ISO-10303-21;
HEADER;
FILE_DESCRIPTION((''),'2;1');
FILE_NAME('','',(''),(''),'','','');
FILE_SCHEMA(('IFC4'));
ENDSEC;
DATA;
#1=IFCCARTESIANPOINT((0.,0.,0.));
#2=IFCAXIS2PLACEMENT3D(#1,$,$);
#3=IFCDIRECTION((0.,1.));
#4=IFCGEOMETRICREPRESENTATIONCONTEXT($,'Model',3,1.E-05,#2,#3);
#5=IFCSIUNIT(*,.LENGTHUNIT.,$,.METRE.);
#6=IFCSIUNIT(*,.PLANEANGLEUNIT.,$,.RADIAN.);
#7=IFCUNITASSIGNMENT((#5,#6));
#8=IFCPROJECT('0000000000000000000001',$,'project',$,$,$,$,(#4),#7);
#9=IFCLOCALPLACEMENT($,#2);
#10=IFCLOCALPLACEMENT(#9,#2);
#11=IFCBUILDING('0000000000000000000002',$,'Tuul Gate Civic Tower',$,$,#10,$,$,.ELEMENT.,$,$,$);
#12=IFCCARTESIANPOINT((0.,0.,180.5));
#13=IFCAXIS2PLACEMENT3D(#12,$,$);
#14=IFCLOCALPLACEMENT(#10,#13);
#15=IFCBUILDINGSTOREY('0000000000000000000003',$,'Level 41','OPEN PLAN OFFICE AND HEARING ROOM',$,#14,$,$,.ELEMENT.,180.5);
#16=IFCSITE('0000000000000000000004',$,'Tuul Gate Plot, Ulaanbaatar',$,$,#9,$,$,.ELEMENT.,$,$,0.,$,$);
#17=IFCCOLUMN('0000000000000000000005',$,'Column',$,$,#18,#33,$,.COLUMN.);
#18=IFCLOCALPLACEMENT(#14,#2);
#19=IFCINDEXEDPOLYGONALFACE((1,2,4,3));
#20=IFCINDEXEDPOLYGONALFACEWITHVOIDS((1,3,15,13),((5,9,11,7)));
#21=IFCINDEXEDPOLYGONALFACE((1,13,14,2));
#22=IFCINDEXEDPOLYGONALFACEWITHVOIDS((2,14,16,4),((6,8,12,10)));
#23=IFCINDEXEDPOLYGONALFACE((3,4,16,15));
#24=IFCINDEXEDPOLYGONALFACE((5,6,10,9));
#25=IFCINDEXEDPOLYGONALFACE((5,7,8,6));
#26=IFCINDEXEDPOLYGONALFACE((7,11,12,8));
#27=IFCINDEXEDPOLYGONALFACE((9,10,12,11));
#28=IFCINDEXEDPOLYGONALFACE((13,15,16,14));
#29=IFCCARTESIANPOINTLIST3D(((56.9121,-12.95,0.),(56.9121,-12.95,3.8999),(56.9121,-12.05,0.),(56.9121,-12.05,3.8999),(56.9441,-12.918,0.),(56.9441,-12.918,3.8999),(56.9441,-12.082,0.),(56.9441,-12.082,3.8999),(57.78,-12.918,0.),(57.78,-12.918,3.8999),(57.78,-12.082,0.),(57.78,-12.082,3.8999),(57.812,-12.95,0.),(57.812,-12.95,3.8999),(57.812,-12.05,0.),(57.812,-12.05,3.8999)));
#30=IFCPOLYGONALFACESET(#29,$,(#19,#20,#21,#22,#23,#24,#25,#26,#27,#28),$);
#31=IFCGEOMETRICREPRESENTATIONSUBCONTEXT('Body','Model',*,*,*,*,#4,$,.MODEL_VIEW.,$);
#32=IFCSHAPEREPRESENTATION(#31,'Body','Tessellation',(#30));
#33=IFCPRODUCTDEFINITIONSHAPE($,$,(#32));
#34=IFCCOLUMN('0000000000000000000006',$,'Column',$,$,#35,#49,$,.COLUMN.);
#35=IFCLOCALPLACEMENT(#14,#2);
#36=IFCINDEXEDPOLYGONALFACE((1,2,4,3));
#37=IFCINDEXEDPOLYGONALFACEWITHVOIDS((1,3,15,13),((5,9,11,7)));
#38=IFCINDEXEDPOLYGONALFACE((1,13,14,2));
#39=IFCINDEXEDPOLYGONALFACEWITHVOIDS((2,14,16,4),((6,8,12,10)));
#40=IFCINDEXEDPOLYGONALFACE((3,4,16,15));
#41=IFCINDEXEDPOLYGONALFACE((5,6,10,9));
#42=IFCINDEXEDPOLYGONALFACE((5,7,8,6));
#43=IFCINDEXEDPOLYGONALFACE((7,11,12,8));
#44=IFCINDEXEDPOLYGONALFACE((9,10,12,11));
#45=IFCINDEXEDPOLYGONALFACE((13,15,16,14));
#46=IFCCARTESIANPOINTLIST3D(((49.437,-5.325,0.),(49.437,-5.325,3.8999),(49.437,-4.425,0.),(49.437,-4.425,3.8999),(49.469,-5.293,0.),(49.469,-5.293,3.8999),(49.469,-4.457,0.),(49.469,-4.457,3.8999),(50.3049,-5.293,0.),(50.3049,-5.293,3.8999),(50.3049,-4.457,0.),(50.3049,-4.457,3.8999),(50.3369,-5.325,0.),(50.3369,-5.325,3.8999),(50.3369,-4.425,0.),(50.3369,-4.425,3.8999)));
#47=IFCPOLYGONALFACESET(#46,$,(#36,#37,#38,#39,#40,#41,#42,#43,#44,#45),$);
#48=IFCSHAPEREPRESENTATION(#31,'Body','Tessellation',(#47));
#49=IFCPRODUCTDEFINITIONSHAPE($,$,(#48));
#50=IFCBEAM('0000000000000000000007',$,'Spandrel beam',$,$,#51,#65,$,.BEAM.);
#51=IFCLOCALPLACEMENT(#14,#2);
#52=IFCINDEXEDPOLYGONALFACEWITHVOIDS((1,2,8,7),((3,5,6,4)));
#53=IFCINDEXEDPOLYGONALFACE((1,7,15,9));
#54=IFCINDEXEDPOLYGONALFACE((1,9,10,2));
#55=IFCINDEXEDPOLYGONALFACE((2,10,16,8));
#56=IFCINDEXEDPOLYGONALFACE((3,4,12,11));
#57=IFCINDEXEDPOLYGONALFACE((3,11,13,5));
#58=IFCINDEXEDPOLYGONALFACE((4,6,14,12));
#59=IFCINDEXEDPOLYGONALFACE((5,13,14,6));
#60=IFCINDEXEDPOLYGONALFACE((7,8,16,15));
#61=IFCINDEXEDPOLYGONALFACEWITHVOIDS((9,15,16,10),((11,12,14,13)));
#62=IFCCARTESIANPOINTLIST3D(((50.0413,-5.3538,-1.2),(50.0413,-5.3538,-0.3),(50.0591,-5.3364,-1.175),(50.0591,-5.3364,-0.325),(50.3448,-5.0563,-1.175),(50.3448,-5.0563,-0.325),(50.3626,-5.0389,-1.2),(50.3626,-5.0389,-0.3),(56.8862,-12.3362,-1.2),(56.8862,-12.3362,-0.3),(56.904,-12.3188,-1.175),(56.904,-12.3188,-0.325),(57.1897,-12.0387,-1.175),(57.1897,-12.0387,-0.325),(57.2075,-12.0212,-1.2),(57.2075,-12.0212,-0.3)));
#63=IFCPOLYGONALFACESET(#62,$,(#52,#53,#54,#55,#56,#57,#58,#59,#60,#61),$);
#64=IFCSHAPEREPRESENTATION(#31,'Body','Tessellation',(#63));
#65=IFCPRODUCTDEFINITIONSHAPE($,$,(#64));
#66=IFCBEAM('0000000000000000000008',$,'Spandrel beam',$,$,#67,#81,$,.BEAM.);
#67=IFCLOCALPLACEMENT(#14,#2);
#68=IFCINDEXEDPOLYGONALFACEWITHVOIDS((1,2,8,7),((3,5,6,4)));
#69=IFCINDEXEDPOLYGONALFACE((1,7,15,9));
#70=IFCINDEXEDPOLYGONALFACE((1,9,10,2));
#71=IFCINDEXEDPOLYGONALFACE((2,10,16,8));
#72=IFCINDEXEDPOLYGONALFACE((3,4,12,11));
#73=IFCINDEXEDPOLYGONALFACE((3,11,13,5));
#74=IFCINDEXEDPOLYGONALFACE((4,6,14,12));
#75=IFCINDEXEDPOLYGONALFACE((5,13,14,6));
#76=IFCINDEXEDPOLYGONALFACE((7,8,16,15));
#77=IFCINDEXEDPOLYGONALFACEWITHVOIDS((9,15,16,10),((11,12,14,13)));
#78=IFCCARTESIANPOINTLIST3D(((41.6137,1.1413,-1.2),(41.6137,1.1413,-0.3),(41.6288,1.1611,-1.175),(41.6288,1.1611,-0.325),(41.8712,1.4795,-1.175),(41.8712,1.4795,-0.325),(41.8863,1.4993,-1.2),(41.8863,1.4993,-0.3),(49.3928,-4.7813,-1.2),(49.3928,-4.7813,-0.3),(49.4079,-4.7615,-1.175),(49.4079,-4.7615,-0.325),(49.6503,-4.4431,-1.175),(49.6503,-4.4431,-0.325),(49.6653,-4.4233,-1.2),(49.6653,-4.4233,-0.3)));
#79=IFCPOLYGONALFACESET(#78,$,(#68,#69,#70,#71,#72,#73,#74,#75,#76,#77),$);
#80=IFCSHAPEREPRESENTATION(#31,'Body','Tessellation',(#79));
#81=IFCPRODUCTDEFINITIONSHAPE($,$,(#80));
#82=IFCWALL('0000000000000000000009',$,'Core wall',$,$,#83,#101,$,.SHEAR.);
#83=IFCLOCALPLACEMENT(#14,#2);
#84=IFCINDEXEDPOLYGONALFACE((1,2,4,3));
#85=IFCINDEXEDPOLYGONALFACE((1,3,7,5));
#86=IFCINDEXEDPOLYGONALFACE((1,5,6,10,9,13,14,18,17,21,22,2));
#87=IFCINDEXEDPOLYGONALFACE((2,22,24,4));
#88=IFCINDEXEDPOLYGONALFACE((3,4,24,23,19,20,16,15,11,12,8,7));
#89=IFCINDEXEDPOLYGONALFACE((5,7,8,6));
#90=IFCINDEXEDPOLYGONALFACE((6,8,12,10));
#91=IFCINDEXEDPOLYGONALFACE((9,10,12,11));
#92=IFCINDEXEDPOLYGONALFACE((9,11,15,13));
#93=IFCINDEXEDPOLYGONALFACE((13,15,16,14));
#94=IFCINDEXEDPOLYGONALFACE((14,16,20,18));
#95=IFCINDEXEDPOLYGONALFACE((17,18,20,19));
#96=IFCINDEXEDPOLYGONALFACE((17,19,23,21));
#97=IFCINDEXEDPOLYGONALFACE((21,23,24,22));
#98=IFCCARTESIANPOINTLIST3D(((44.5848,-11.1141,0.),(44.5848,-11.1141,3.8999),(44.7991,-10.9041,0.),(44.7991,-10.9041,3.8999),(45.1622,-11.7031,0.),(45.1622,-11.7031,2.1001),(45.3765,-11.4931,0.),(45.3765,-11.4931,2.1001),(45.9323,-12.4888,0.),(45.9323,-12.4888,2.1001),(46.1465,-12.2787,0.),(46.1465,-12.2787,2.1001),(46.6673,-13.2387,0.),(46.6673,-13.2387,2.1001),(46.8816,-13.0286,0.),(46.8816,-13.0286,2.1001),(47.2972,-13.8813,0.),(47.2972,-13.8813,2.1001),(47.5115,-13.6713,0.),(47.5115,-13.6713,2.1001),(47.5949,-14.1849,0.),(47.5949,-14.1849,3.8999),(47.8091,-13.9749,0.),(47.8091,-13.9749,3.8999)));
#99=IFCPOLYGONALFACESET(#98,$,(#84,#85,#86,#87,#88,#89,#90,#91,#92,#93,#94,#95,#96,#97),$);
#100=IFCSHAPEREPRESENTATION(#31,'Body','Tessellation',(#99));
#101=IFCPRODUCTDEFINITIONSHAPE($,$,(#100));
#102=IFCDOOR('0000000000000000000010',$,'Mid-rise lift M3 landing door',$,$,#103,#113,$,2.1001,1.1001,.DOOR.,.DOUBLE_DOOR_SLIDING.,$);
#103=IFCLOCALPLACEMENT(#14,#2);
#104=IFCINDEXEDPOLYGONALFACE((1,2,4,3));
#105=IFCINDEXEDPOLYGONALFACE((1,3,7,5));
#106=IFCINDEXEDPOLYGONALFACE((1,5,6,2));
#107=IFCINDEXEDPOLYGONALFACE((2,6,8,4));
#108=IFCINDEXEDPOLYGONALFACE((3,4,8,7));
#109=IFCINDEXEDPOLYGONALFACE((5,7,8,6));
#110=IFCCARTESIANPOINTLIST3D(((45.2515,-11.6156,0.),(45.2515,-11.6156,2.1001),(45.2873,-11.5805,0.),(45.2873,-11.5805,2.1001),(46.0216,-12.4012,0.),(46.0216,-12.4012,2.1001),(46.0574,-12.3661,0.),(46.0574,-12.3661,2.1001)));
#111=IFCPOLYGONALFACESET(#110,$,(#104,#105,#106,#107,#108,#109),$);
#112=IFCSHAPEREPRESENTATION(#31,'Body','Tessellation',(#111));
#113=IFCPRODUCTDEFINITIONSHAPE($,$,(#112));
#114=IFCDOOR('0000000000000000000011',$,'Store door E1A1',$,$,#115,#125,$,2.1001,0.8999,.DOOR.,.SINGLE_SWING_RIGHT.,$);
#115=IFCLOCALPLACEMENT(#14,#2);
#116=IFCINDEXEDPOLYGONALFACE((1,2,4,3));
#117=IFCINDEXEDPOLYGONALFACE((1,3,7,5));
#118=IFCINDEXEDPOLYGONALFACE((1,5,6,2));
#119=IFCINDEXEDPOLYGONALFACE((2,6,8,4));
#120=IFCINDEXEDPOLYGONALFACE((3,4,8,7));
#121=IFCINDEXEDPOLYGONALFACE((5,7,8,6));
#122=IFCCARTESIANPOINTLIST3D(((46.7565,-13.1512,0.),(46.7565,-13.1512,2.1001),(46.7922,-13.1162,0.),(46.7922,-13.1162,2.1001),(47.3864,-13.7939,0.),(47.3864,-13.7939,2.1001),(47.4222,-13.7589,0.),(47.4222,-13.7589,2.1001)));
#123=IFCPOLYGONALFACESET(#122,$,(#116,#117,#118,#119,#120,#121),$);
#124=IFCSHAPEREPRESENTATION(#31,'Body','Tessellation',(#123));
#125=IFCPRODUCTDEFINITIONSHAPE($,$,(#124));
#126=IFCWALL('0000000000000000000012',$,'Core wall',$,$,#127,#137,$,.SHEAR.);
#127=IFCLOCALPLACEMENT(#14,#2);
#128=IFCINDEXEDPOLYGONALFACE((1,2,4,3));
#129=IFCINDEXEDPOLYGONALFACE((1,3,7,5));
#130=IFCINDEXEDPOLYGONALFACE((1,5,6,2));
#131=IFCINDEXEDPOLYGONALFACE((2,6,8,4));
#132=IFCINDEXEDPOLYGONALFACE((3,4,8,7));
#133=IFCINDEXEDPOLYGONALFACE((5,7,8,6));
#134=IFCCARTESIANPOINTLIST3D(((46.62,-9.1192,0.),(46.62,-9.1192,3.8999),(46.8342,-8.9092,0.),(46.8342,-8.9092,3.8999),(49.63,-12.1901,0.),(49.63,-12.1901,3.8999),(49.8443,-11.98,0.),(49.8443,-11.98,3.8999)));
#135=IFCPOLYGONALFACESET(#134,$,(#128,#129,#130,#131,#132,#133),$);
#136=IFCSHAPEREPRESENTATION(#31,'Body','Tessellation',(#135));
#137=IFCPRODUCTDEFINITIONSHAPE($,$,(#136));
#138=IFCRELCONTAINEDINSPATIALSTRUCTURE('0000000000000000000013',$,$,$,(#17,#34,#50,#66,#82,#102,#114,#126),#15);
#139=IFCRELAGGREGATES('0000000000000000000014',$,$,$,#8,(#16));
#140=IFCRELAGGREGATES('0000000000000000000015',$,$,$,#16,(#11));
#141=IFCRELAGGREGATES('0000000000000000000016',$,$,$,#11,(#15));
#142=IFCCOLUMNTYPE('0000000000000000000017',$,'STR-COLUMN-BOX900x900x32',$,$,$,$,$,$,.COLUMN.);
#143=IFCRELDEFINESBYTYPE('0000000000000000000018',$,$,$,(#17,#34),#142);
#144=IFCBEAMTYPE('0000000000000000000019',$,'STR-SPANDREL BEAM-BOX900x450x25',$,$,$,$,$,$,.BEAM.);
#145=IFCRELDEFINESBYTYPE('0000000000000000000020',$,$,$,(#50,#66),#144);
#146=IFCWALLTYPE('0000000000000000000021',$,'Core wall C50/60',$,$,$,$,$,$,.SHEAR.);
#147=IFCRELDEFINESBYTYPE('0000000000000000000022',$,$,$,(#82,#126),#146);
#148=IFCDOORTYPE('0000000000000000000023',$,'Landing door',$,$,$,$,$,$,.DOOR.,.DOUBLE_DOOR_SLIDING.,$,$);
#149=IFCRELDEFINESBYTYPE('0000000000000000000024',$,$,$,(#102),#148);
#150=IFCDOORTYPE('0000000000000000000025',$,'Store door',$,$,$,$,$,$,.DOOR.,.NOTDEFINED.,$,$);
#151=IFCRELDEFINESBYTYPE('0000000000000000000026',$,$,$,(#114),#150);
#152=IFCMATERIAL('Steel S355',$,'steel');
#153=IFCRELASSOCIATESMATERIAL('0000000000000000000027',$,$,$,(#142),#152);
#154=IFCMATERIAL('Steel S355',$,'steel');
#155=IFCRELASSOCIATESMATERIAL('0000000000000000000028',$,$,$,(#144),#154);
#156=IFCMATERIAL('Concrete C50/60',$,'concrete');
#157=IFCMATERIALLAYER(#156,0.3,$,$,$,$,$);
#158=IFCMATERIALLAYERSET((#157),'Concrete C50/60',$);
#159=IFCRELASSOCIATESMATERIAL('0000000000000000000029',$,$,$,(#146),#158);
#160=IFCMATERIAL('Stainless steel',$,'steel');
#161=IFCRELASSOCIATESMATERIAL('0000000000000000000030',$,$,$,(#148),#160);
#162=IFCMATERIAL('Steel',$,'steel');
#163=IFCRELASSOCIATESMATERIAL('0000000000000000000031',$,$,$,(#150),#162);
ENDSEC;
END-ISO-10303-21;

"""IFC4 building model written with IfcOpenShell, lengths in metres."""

from ifc_helpers import new_model, si_unit, direction, frame, frame_2d, origin, origin_2d, place, context, subcontext, project, spatial, rectangle, hollow_rectangle, extrude, material, layer, layer_set, material_profile, profile_set, type_object, element, fill, save


model = new_model("IFC4")

# Units and contexts
model_context = context("Model", 3, precision=1e-05, world=origin(), true_north=direction((0.0, 1.0)))
body_context = subcontext(model_context, "Body", "Model", "MODEL_VIEW")
ifc_project = project(units=[si_unit("LENGTHUNIT", "METRE"), si_unit("PLANEANGLEUNIT", "RADIAN")], contexts=[model_context])

# Site, building, storey
site_placement = place(None, origin())
site = spatial("IfcSite", under=ifc_project, at=site_placement, Name="Tuul Gate Plot, Ulaanbaatar", CompositionType="ELEMENT", RefElevation=0.0)
building_placement = place(site_placement, origin())
building = spatial("IfcBuilding", under=site, at=building_placement, Name="Tuul Gate Civic Tower", CompositionType="ELEMENT")
storey_placement = place(building_placement, frame((0.0, 0.0, 180.5)))
storey = spatial("IfcBuildingStorey", under=building, at=storey_placement, Name="Level 41", Description="OPEN PLAN OFFICE AND HEARING ROOM", CompositionType="ELEMENT", Elevation=180.5)

# Columns
ifc_material_1 = material(Name="Steel S355", Category="steel")
ifc_material_profile_1 = material_profile(ifc_material_1, hollow_rectangle(XDim=0.8999, YDim=0.8999, WallThickness=0.032, at=origin_2d()), Name="BOX900x900x32")
ifc_profile_set_1 = profile_set([ifc_material_profile_1], Name="Steel S355")
column_type = type_object("IfcColumnType", Name="STR-COLUMN-BOX900x900x32", PredefinedType="COLUMN", material=ifc_profile_set_1)
for number, where, z_axis, x_axis, name in (
    (1, (57.3621, -12.5, 0.0), (0.0, 0.0, 1.0), (1.0, 0.0, 0.0), "Column"),
    (2, (49.887, -4.875, 0.0), (0.0, 0.0, 1.0), (1.0, 0.0, 0.0), "Column"),
):
    element("IfcColumn", number, at=place(storey_placement, frame(where, z_axis=z_axis, x_axis=x_axis)), inside=storey, type_object=column_type, Name=name, PredefinedType="COLUMN", context=body_context, shape_type="SweptSolid", body=[
        extrude(hollow_rectangle(XDim=0.8999, YDim=0.8999, WallThickness=0.032, at=origin_2d()), origin(), (0.0, 0.0, 1.0), 3.8999),
    ])

# Beams
ifc_material_2 = material(Name="Steel S355", Category="steel")
ifc_material_profile_2 = material_profile(ifc_material_2, hollow_rectangle(XDim=0.45, YDim=0.8999, WallThickness=0.0249, at=origin_2d()), Name="BOX900x450x25")
ifc_profile_set_2 = profile_set([ifc_material_profile_2], Name="Steel S355")
beam_type = type_object("IfcBeamType", Name="STR-SPANDREL BEAM-BOX900x450x25", PredefinedType="BEAM", material=ifc_profile_set_2)
beam_1_placement = place(storey_placement, frame((57.0469, -12.1787, -0.75), z_axis=(-0.700043, 0.7141, 0.0), x_axis=(-0.7141, -0.700043, 0.0)))
element("IfcBeam", 3, at=beam_1_placement, inside=storey, type_object=beam_type, Name="Spandrel beam", PredefinedType="BEAM", context=body_context, shape_type="SweptSolid", body=[
    extrude(hollow_rectangle(XDim=0.45, YDim=0.8999, WallThickness=0.0249, at=origin_2d()), origin(), (0.0, 0.0, 1.0), 9.7778),
])
beam_2_placement = place(storey_placement, frame((49.5291, -4.6023, -0.75), z_axis=(-0.795643, 0.605766, 0.0), x_axis=(-0.605766, -0.795643, 0.0)))
element("IfcBeam", 4, at=beam_2_placement, inside=storey, type_object=beam_type, Name="Spandrel beam", PredefinedType="BEAM", context=body_context, shape_type="SweptSolid", body=[
    extrude(hollow_rectangle(XDim=0.45, YDim=0.8999, WallThickness=0.0249, at=origin_2d()), origin(), (0.0, 0.0, 1.0), 9.7771),
])

# Wall, openings, doors
ifc_material_3 = material(Name="Concrete C50/60", Category="concrete")
ifc_layer_1 = layer(ifc_material_3, 0.3)
ifc_layer_set_1 = layer_set([ifc_layer_1], Name="Concrete C50/60")
wall_type_1 = type_object("IfcWallType", Name="Core wall C50/60", PredefinedType="SHEAR", material=ifc_layer_set_1)
wall_1_placement = place(storey_placement, frame((47.7019, -14.0798, 0.0), z_axis=(0.0, 0.0, 1.0), x_axis=(-0.700003, 0.71414, 0.0)))
wall_1 = element("IfcWall", 5, at=wall_1_placement, inside=storey, type_object=wall_type_1, Name="Core wall", PredefinedType="SHEAR", context=body_context, shape_type="SweptSolid", body=[
    extrude(rectangle(XDim=4.3, YDim=0.3, at=frame_2d((2.1499, 0.0))), origin(), (0.0, 0.0, 1.0), 3.8999),
])
opening_1_placement = place(wall_1_placement, frame((0.425, 0.0, 0.0)))
opening_1 = element("IfcOpeningElement", 6, at=opening_1_placement, cuts=wall_1, PredefinedType="OPENING", context=body_context, shape_type="SweptSolid", body=[
    extrude(rectangle(XDim=0.8999, YDim=2.1001, at=frame_2d((0.45, 1.05))), frame((0.0, 0.1602, 0.0), z_axis=(0.0, -1.0, 0.0), x_axis=(1.0, 0.0, 0.0)), (0.0, 0.0, 1.0), 0.3201),
])
opening_2_placement = place(wall_1_placement, frame((2.375, 0.0, 0.0)))
opening_2 = element("IfcOpeningElement", 7, at=opening_2_placement, cuts=wall_1, PredefinedType="OPENING", context=body_context, shape_type="SweptSolid", body=[
    extrude(rectangle(XDim=1.1001, YDim=2.1001, at=frame_2d((0.55, 1.05))), frame((0.0, 0.1602, 0.0), z_axis=(0.0, -1.0, 0.0), x_axis=(1.0, 0.0, 0.0)), (0.0, 0.0, 1.0), 0.3201),
])
ifc_material_4 = material(Name="Stainless steel", Category="steel")
door_type_1 = type_object("IfcDoorType", Name="Landing door", OperationType="DOUBLE_DOOR_SLIDING", PredefinedType="DOOR", material=ifc_material_4)
door_1_placement = place(opening_2_placement, origin())
door_1 = element("IfcDoor", 8, at=door_1_placement, inside=storey, type_object=door_type_1, Name="Mid-rise lift M3 landing door", OperationType="DOUBLE_DOOR_SLIDING", OverallHeight=2.1001, OverallWidth=1.1001, PredefinedType="DOOR", context=body_context, shape_type="SweptSolid", body=[
    extrude(rectangle(XDim=1.1001, YDim=2.1001, at=frame_2d((0.55, 1.05))), frame((0.0, 0.0249, 0.0), z_axis=(0.0, -1.0, 0.0), x_axis=(1.0, 0.0, 0.0)), (0.0, 0.0, 1.0), 0.05),
])
fill(opening_2, door_1)
ifc_material_5 = material(Name="Steel", Category="steel")
door_type_2 = type_object("IfcDoorType", Name="Store door", OperationType="NOTDEFINED", PredefinedType="DOOR", material=ifc_material_5)
door_2_placement = place(opening_1_placement, frame((0.8999, 0.0, 0.0), z_axis=(0.0, 0.0, 1.0), x_axis=(-1.0, 0.0, 0.0)))
door_2 = element("IfcDoor", 9, at=door_2_placement, inside=storey, type_object=door_type_2, Name="Store door E1A1", OperationType="SINGLE_SWING_RIGHT", OverallHeight=2.1001, OverallWidth=0.8999, PredefinedType="DOOR", context=body_context, shape_type="SweptSolid", body=[
    extrude(rectangle(XDim=0.8999, YDim=2.1001, at=frame_2d((0.45, 1.05))), frame((0.0, 0.0249, 0.0), z_axis=(0.0, -1.0, 0.0), x_axis=(1.0, 0.0, 0.0)), (0.0, 0.0, 1.0), 0.05),
])
fill(opening_1, door_2)

# Wall
wall_2_placement = place(storey_placement, frame((49.7371, -12.085, 0.0), z_axis=(0.0, 0.0, 1.0), x_axis=(-0.700003, 0.71414, 0.0)))
element("IfcWall", 10, at=wall_2_placement, inside=storey, type_object=wall_type_1, Name="Core wall", PredefinedType="SHEAR", context=body_context, shape_type="SweptSolid", body=[
    extrude(rectangle(XDim=4.3, YDim=0.3, at=frame_2d((2.1499, 0.0))), origin(), (0.0, 0.0, 1.0), 3.8999),
])

save(model, "model.ifc")
